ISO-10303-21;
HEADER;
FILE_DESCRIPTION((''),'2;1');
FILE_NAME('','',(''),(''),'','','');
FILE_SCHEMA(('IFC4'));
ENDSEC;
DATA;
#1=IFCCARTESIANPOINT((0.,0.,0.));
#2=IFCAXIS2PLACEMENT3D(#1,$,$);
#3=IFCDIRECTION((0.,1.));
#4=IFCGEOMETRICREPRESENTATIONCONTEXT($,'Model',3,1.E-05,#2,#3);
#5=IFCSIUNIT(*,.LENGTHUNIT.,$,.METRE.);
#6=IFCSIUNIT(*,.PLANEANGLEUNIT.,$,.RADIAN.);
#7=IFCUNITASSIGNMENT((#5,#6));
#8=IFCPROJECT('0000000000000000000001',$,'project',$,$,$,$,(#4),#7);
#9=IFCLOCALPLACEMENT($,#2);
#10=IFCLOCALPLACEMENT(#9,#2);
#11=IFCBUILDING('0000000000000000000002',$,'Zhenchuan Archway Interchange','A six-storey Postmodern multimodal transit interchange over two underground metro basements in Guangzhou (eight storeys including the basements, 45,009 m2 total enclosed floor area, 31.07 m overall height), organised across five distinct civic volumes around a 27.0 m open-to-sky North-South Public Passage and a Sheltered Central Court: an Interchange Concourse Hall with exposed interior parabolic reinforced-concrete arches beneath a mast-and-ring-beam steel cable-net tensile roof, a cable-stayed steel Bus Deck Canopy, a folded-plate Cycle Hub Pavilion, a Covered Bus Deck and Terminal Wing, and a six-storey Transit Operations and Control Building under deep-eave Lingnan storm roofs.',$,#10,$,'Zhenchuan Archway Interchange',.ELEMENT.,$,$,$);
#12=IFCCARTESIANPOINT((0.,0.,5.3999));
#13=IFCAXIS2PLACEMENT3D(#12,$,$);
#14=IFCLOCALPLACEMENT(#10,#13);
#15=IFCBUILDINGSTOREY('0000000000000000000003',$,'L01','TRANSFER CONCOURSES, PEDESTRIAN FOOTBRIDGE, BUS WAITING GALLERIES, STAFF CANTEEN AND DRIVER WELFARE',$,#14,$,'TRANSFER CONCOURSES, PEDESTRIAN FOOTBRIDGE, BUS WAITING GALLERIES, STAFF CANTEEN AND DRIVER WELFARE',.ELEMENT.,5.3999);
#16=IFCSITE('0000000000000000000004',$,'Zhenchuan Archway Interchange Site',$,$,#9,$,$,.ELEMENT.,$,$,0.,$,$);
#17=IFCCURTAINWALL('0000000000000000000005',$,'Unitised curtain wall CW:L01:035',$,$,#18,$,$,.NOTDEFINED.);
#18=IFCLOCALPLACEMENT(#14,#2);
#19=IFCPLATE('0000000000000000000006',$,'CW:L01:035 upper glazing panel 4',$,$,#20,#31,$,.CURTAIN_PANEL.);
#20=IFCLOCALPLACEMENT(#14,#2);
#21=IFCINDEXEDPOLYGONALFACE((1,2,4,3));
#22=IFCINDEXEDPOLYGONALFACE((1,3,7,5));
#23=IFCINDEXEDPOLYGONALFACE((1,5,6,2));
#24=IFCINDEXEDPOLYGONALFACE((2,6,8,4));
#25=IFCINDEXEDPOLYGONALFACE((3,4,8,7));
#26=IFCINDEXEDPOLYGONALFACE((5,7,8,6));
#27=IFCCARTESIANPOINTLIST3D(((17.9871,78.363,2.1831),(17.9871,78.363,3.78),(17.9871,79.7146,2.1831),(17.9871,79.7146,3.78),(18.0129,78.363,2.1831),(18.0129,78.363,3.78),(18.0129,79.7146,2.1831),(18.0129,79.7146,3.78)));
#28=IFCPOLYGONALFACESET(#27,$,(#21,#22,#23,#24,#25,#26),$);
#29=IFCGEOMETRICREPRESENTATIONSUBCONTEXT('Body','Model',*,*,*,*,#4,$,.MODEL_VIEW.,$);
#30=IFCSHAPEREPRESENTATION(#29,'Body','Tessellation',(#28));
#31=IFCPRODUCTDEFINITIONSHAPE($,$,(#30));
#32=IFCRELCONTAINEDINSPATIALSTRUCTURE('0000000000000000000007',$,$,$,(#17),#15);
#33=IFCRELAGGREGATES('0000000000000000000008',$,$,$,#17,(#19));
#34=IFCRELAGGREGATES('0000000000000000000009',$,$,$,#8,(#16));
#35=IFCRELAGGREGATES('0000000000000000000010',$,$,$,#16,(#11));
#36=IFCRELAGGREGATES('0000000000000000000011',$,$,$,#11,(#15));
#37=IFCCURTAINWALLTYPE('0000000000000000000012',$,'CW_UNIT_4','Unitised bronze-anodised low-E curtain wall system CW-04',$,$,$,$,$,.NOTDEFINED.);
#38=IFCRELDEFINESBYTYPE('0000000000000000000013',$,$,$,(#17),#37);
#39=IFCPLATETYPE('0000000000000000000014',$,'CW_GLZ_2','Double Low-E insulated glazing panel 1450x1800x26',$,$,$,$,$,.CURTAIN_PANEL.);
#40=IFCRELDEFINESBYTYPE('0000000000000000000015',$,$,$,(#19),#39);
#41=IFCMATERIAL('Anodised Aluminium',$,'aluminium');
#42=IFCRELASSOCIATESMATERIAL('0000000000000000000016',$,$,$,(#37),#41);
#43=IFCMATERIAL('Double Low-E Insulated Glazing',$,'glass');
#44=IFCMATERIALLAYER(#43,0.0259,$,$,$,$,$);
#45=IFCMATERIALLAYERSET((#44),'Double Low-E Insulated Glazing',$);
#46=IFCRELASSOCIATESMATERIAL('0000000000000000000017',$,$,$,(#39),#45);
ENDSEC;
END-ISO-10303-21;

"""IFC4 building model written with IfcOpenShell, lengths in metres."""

from ifc_helpers import new_model, si_unit, direction, frame, origin, origin_2d, place, context, subcontext, project, spatial, rectangle, extrude, material, layer, layer_set, type_object, element, aggregate, save


model = new_model("IFC4")

# Units and contexts
model_context = context("Model", 3, precision=1e-05, world=origin(), true_north=direction((0.0, 1.0)))
body_context = subcontext(model_context, "Body", "Model", "MODEL_VIEW")
ifc_project = project(units=[si_unit("LENGTHUNIT", "METRE"), si_unit("PLANEANGLEUNIT", "RADIAN")], contexts=[model_context])

# Site, building, storey
site_placement = place(None, origin())
site = spatial("IfcSite", under=ifc_project, at=site_placement, Name="Zhenchuan Archway Interchange Site", CompositionType="ELEMENT", RefElevation=0.0)
building_placement = place(site_placement, origin())
building = spatial("IfcBuilding", under=site, at=building_placement, Name="Zhenchuan Archway Interchange", Description="A six-storey Postmodern multimodal transit interchange over two underground metro basements in Guangzhou (eight storeys including the basements, 45,009 m2 total enclosed floor area, 31.07 m overall height), organised across five distinct civic volumes around a 27.0 m open-to-sky North-South Public Passage and a Sheltered Central Court: an Interchange Concourse Hall with exposed interior parabolic reinforced-concrete arches beneath a mast-and-ring-beam steel cable-net tensile roof, a cable-stayed steel Bus Deck Canopy, a folded-plate Cycle Hub Pavilion, a Covered Bus Deck and Terminal Wing, and a six-storey Transit Operations and Control Building under deep-eave Lingnan storm roofs.", LongName="Zhenchuan Archway Interchange", CompositionType="ELEMENT")
storey_placement = place(building_placement, frame((0.0, 0.0, 5.3999)))
storey = spatial("IfcBuildingStorey", under=building, at=storey_placement, Name="L01", Description="TRANSFER CONCOURSES, PEDESTRIAN FOOTBRIDGE, BUS WAITING GALLERIES, STAFF CANTEEN AND DRIVER WELFARE", LongName="TRANSFER CONCOURSES, PEDESTRIAN FOOTBRIDGE, BUS WAITING GALLERIES, STAFF CANTEEN AND DRIVER WELFARE", CompositionType="ELEMENT", Elevation=5.3999)

# Curtain wall, plate
ifc_material_1 = material(Name="Anodised Aluminium", Category="aluminium")
curtain_wall_type = type_object("IfcCurtainWallType", Name="CW_UNIT_4", Description="Unitised bronze-anodised low-E curtain wall system CW-04", PredefinedType="NOTDEFINED", material=ifc_material_1)
curtain_wall_placement = place(storey_placement, origin())
curtain_wall = element("IfcCurtainWall", 1, at=curtain_wall_placement, inside=storey, type_object=curtain_wall_type, Name="Unitised curtain wall CW:L01:035", PredefinedType="NOTDEFINED")
ifc_material_2 = material(Name="Double Low-E Insulated Glazing", Category="glass")
ifc_layer_1 = layer(ifc_material_2, 0.0259)
ifc_layer_set_1 = layer_set([ifc_layer_1], Name="Double Low-E Insulated Glazing")
plate_type_1 = type_object("IfcPlateType", Name="CW_GLZ_2", Description="Double Low-E insulated glazing panel 1450x1800x26", PredefinedType="CURTAIN_PANEL", material=ifc_layer_set_1)
plate_1_placement = place(storey_placement, frame((18.0, 79.0388, 2.1831), z_axis=(0.0, 0.0, 1.0), x_axis=(0.0, 1.0, 0.0)))
plate_1 = element("IfcPlate", 2, at=plate_1_placement, type_object=plate_type_1, Name="CW:L01:035 upper glazing panel 4", PredefinedType="CURTAIN_PANEL", context=body_context, shape_type="SweptSolid", body=[
    extrude(rectangle(XDim=1.3516, YDim=0.0259, at=origin_2d()), origin(), (0.0, 0.0, 1.0), 1.5969),
])
aggregate(curtain_wall, [plate_1])

save(model, "model.ifc")
